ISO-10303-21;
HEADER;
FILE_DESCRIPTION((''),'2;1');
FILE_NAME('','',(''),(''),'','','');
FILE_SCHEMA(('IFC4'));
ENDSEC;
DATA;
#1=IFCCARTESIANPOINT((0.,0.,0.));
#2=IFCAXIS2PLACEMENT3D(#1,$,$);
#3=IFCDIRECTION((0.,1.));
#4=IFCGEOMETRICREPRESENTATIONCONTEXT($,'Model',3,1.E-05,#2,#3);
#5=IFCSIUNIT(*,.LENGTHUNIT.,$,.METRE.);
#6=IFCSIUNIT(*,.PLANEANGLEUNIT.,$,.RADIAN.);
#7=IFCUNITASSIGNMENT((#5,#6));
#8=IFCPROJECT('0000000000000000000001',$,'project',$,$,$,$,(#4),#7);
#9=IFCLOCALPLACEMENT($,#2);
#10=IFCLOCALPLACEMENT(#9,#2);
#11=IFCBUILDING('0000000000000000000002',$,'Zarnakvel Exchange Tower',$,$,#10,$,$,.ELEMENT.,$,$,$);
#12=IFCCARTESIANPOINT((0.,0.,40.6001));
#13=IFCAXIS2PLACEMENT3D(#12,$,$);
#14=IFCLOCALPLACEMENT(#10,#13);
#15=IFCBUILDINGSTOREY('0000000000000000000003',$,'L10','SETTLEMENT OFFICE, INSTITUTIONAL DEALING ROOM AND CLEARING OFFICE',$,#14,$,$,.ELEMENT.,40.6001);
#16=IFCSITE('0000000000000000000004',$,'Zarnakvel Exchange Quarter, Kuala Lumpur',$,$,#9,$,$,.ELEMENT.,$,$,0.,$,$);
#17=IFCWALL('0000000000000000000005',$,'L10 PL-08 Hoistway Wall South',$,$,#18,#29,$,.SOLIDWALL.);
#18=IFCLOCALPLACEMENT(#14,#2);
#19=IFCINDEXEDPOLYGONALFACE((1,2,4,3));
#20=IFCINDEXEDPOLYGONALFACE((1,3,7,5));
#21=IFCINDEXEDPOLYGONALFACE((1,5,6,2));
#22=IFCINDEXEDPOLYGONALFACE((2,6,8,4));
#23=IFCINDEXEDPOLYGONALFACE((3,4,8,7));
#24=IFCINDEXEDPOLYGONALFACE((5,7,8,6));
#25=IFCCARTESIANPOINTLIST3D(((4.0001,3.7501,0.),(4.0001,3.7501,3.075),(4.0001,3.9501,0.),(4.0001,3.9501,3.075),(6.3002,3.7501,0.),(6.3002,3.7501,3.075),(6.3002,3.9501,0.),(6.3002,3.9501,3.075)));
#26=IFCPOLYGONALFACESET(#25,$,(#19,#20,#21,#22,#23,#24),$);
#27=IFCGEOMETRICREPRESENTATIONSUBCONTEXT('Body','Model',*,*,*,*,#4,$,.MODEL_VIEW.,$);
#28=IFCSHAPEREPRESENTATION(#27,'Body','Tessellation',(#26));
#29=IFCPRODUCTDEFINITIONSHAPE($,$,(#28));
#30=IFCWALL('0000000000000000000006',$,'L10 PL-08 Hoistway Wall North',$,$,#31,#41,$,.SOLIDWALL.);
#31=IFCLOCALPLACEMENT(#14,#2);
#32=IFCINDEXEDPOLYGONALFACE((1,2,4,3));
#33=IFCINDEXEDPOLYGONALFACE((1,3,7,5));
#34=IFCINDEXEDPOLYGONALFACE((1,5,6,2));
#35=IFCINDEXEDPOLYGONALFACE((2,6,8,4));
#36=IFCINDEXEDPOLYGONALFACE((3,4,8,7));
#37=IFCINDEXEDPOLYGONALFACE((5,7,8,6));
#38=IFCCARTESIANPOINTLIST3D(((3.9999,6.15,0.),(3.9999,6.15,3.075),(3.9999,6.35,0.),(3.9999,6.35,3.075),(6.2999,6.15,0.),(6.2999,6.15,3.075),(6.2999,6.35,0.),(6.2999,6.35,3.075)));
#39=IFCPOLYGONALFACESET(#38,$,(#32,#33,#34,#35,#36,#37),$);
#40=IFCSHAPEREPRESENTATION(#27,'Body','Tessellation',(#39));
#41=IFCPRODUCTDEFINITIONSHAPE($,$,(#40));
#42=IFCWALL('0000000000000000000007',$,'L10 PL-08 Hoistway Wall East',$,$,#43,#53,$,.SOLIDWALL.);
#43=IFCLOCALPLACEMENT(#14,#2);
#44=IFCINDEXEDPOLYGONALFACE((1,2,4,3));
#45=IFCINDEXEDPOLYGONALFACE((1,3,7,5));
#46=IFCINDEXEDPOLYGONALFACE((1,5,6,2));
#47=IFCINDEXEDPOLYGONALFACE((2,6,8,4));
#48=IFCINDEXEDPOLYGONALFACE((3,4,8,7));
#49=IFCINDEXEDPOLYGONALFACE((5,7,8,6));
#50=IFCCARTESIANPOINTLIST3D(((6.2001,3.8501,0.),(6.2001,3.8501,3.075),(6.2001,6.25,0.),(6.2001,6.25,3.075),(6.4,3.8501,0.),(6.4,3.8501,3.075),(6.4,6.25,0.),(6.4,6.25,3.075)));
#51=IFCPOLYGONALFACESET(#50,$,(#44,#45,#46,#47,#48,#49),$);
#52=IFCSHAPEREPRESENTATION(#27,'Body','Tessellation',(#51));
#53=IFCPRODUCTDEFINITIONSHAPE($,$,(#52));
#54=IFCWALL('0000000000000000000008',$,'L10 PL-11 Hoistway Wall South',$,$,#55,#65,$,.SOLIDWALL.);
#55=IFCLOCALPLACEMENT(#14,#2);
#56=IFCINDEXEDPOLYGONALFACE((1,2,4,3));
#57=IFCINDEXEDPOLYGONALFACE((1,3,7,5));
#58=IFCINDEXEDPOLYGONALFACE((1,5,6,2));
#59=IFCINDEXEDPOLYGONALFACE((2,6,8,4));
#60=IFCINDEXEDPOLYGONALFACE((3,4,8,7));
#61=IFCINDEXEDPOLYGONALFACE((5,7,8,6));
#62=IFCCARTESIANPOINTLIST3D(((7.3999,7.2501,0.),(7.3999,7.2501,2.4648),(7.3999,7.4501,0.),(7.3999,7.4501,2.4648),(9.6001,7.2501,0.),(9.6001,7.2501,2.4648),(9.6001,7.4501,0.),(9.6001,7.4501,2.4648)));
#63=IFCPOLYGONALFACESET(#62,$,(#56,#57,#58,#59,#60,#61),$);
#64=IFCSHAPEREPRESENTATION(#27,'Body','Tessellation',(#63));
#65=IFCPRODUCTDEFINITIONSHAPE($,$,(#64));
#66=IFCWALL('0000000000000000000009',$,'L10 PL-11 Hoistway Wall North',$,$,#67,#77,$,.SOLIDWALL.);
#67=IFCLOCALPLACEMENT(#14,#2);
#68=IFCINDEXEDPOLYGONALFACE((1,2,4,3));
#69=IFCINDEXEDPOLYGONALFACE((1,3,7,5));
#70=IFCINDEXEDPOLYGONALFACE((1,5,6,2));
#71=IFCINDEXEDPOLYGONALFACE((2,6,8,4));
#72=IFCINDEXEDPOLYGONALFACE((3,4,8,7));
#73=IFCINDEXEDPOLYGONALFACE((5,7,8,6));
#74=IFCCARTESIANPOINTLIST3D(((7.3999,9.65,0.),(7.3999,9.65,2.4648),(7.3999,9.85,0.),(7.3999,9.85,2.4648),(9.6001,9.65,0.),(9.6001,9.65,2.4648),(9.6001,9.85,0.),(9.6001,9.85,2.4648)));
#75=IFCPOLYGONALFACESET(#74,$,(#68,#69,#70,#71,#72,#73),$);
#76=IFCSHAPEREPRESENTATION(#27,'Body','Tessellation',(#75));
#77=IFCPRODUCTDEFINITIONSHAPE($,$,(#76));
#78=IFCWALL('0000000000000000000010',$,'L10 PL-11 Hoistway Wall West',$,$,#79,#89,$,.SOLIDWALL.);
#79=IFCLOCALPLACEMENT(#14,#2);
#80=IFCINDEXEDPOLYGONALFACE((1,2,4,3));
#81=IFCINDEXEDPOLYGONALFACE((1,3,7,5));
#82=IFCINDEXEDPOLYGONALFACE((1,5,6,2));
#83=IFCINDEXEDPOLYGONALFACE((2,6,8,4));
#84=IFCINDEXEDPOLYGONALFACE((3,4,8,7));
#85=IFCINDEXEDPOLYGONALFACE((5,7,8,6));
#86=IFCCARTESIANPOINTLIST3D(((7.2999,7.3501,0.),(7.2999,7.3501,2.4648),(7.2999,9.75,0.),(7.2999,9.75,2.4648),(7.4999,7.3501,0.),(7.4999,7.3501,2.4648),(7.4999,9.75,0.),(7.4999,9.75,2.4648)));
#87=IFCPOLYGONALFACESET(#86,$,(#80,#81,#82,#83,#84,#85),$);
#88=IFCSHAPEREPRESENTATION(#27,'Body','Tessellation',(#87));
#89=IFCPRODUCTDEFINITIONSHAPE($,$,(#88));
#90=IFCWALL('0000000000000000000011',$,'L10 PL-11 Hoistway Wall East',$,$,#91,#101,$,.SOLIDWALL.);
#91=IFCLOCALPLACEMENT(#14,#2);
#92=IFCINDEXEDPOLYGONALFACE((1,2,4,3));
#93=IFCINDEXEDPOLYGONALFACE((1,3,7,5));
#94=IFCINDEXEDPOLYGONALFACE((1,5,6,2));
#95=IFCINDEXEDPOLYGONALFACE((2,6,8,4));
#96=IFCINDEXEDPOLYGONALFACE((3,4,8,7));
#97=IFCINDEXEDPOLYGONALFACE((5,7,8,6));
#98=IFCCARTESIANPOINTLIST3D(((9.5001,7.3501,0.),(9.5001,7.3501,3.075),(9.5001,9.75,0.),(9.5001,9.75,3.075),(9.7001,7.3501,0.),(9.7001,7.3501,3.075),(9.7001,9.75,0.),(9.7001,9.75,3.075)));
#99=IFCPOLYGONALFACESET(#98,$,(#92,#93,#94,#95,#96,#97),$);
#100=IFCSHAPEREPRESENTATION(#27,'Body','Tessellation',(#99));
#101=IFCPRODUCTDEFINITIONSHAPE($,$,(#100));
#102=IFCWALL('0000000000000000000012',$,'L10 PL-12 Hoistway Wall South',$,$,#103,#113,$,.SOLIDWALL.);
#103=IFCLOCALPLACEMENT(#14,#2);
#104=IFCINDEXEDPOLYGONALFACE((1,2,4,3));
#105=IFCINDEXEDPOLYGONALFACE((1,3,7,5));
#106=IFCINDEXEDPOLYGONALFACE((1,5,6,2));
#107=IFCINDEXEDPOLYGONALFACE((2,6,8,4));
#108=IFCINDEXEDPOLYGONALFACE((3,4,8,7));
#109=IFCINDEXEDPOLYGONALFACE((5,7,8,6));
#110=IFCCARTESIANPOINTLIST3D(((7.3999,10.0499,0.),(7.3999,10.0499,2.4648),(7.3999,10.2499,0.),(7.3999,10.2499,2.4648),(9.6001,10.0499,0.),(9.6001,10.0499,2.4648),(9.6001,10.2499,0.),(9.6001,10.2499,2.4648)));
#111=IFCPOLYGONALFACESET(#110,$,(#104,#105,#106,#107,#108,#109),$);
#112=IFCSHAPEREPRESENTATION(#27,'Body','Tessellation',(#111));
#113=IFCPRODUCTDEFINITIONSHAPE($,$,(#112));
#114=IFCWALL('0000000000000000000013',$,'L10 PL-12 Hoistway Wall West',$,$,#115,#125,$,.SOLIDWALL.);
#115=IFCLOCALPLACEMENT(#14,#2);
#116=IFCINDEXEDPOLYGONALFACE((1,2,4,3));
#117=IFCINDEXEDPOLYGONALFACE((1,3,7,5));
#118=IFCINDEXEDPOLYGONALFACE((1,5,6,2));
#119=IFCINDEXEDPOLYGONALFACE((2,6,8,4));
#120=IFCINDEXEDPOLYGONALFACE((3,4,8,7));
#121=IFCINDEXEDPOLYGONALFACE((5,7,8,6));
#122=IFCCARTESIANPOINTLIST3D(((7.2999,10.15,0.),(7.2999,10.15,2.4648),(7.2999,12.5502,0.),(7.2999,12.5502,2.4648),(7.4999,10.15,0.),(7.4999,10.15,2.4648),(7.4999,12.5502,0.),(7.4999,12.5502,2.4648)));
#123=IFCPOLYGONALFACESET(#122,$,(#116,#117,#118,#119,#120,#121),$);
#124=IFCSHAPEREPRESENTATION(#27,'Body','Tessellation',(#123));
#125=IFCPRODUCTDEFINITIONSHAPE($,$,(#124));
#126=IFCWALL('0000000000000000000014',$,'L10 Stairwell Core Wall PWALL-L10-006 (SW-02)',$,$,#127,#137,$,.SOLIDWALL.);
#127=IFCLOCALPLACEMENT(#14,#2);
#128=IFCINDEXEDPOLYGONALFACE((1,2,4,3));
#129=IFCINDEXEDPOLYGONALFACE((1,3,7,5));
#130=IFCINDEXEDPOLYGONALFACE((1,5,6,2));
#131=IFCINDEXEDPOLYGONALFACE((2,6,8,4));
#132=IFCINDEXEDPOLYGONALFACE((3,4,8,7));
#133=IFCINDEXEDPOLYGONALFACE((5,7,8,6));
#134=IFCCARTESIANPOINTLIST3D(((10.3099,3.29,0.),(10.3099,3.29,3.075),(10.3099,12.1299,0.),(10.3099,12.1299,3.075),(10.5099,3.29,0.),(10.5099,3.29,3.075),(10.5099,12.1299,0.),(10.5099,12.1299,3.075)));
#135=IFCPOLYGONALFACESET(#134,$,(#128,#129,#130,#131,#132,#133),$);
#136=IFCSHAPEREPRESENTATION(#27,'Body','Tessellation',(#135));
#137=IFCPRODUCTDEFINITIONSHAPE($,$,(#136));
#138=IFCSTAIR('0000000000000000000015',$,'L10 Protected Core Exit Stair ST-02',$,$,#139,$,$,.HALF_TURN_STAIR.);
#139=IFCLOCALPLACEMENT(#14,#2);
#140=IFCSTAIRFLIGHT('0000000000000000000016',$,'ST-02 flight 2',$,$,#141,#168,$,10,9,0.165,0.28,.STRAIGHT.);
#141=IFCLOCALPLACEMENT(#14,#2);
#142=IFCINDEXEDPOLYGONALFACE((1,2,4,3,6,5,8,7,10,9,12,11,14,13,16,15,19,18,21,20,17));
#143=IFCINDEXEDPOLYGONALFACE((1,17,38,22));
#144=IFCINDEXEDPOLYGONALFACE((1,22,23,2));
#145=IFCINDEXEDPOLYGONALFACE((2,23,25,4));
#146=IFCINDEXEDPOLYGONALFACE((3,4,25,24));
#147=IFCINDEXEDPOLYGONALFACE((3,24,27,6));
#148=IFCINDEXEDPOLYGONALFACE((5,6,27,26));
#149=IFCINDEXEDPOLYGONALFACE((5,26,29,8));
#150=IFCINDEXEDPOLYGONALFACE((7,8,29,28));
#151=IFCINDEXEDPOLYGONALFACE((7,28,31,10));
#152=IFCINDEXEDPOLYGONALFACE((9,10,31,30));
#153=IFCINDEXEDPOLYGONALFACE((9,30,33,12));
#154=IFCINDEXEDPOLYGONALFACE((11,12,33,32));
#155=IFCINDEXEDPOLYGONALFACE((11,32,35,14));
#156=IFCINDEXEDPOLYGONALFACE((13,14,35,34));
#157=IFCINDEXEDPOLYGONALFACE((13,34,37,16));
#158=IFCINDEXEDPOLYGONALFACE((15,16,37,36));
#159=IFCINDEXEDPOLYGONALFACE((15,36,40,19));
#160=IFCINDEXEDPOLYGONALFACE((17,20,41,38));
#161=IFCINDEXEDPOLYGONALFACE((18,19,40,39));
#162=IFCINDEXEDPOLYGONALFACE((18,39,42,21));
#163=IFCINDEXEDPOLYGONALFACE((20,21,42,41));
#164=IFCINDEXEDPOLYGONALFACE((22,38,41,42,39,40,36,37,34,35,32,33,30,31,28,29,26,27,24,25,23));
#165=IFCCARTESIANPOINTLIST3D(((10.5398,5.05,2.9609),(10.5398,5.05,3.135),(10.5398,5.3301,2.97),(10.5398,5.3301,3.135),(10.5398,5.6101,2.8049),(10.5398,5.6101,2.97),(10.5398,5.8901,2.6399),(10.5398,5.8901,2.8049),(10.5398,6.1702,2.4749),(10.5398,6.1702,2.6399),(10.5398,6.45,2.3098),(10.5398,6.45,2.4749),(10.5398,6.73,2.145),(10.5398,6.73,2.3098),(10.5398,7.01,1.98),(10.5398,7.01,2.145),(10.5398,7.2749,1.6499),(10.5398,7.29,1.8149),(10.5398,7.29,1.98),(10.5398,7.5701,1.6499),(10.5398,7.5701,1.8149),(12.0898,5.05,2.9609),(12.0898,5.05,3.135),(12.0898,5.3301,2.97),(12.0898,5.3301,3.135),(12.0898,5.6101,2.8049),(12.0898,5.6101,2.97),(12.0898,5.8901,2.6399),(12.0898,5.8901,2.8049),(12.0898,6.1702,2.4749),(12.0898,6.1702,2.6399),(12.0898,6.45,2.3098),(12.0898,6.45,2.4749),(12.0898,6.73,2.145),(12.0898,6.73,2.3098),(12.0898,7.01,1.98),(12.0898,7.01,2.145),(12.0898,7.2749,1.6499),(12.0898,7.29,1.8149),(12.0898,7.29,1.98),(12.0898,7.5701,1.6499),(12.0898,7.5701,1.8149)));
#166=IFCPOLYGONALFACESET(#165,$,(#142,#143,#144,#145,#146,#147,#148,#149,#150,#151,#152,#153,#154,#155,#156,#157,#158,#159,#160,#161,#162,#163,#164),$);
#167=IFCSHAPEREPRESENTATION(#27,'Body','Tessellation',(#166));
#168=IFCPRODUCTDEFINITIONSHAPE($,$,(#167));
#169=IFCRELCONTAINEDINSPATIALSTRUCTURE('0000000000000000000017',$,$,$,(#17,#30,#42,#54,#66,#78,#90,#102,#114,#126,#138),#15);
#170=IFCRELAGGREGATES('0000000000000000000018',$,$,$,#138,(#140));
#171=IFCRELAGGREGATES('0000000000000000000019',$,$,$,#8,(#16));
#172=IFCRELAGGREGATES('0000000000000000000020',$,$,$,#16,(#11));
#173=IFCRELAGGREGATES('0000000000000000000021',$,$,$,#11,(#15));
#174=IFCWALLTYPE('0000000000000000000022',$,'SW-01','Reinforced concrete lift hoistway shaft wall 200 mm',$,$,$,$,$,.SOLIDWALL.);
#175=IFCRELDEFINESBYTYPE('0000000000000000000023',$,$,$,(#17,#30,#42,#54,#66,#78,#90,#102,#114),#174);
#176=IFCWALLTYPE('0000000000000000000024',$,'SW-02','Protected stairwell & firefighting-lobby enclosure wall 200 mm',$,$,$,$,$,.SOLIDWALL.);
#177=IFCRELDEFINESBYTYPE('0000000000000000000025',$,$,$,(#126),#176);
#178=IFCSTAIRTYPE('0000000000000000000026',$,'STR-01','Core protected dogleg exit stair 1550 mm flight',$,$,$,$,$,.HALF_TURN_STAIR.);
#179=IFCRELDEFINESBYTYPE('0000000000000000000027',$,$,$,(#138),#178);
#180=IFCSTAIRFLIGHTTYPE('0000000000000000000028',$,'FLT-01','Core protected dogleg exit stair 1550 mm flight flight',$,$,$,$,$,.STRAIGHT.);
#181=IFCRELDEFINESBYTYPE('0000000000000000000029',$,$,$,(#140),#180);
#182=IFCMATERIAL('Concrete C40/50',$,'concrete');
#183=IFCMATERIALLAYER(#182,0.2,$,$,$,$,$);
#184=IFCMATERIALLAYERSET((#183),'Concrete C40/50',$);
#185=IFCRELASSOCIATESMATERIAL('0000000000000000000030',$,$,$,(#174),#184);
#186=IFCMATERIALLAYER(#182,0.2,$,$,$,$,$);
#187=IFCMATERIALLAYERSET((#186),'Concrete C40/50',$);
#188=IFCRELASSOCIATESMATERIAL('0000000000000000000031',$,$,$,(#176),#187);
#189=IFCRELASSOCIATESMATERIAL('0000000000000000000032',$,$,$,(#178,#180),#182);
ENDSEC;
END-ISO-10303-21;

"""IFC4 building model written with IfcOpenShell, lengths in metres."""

from ifc_helpers import new_model, si_unit, direction, frame, frame_2d, origin, place, context, subcontext, project, spatial, polyline, rectangle, outline, extrude, material, layer, layer_set, type_object, element, aggregate, save


model = new_model("IFC4")

# Units and contexts
model_context = context("Model", 3, precision=1e-05, world=origin(), true_north=direction((0.0, 1.0)))
body_context = subcontext(model_context, "Body", "Model", "MODEL_VIEW")
ifc_project = project(units=[si_unit("LENGTHUNIT", "METRE"), si_unit("PLANEANGLEUNIT", "RADIAN")], contexts=[model_context])

# Site, building, storey
site_placement = place(None, origin())
site = spatial("IfcSite", under=ifc_project, at=site_placement, Name="Zarnakvel Exchange Quarter, Kuala Lumpur", CompositionType="ELEMENT", RefElevation=0.0)
building_placement = place(site_placement, origin())
building = spatial("IfcBuilding", under=site, at=building_placement, Name="Zarnakvel Exchange Tower", CompositionType="ELEMENT")
storey_placement = place(building_placement, frame((0.0, 0.0, 40.6001)))
storey = spatial("IfcBuildingStorey", under=building, at=storey_placement, Name="L10", Description="SETTLEMENT OFFICE, INSTITUTIONAL DEALING ROOM AND CLEARING OFFICE", CompositionType="ELEMENT", Elevation=40.6001)

# Shared definitions
ifc_material_1 = material(Name="Concrete C40/50", Category="concrete")
ifc_layer_1 = layer(ifc_material_1, 0.2)
ifc_layer_set_1 = layer_set([ifc_layer_1], Name="Concrete C40/50")
wall_type_1 = type_object("IfcWallType", Name="SW-01", Description="Reinforced concrete lift hoistway shaft wall 200 mm", PredefinedType="SOLIDWALL", material=ifc_layer_set_1)

# Walls
for number, where, z_axis, x_axis, name in (
    (1, (6.3, 3.8501, 0.0), (0.0, 0.0, 1.0), (-1.0, 0.0, 0.0), "L10 PL-08 Hoistway Wall South"),
    (2, (4.0, 6.25, 0.0), (0.0, 0.0, 1.0), (1.0, 0.0, 0.0), "L10 PL-08 Hoistway Wall North"),
):
    element("IfcWall", number, at=place(storey_placement, frame(where, z_axis=z_axis, x_axis=x_axis)), inside=storey, type_object=wall_type_1, Name=name, PredefinedType="SOLIDWALL", context=body_context, shape_type="SweptSolid", body=[
        extrude(rectangle(XDim=2.3, YDim=0.2, at=frame_2d((1.1499, 0.0))), origin(), (0.0, 0.0, 1.0), 3.075),
    ])
wall_1_placement = place(storey_placement, frame((6.3, 6.25, 0.0), z_axis=(0.0, 0.0, 1.0), x_axis=(0.0, -1.0, 0.0)))
element("IfcWall", 3, at=wall_1_placement, inside=storey, type_object=wall_type_1, Name="L10 PL-08 Hoistway Wall East", PredefinedType="SOLIDWALL", context=body_context, shape_type="SweptSolid", body=[
    extrude(rectangle(XDim=2.3999, YDim=0.2, at=frame_2d((1.2, 0.0))), origin(), (0.0, 0.0, 1.0), 3.075),
])
for number, where, z_axis, x_axis, name in (
    (4, (9.6001, 7.3501, 0.0), (0.0, 0.0, 1.0), (-1.0, 0.0, 0.0), "L10 PL-11 Hoistway Wall South"),
    (5, (7.3999, 9.75, 0.0), (0.0, 0.0, 1.0), (1.0, 0.0, 0.0), "L10 PL-11 Hoistway Wall North"),
):
    element("IfcWall", number, at=place(storey_placement, frame(where, z_axis=z_axis, x_axis=x_axis)), inside=storey, type_object=wall_type_1, Name=name, PredefinedType="SOLIDWALL", context=body_context, shape_type="SweptSolid", body=[
        extrude(rectangle(XDim=2.2002, YDim=0.2, at=frame_2d((1.1001, 0.0))), origin(), (0.0, 0.0, 1.0), 2.4648),
    ])
wall_2_placement = place(storey_placement, frame((7.3999, 7.3501, 0.0), z_axis=(0.0, 0.0, 1.0), x_axis=(0.0, 1.0, 0.0)))
element("IfcWall", 6, at=wall_2_placement, inside=storey, type_object=wall_type_1, Name="L10 PL-11 Hoistway Wall West", PredefinedType="SOLIDWALL", context=body_context, shape_type="SweptSolid", body=[
    extrude(rectangle(XDim=2.3999, YDim=0.2, at=frame_2d((1.2, 0.0))), origin(), (0.0, 0.0, 1.0), 2.4648),
])
wall_3_placement = place(storey_placement, frame((9.6001, 9.75, 0.0), z_axis=(0.0, 0.0, 1.0), x_axis=(0.0, -1.0, 0.0)))
element("IfcWall", 7, at=wall_3_placement, inside=storey, type_object=wall_type_1, Name="L10 PL-11 Hoistway Wall East", PredefinedType="SOLIDWALL", context=body_context, shape_type="SweptSolid", body=[
    extrude(rectangle(XDim=2.3999, YDim=0.2, at=frame_2d((1.2, 0.0))), origin(), (0.0, 0.0, 1.0), 3.075),
])
wall_4_placement = place(storey_placement, frame((9.6001, 10.1499, 0.0), z_axis=(0.0, 0.0, 1.0), x_axis=(-1.0, 0.0, 0.0)))
element("IfcWall", 8, at=wall_4_placement, inside=storey, type_object=wall_type_1, Name="L10 PL-12 Hoistway Wall South", PredefinedType="SOLIDWALL", context=body_context, shape_type="SweptSolid", body=[
    extrude(rectangle(XDim=2.2002, YDim=0.2, at=frame_2d((1.1001, 0.0))), origin(), (0.0, 0.0, 1.0), 2.4648),
])
wall_5_placement = place(storey_placement, frame((7.3999, 10.1499, 0.0), z_axis=(0.0, 0.0, 1.0), x_axis=(0.0, 1.0, 0.0)))
element("IfcWall", 9, at=wall_5_placement, inside=storey, type_object=wall_type_1, Name="L10 PL-12 Hoistway Wall West", PredefinedType="SOLIDWALL", context=body_context, shape_type="SweptSolid", body=[
    extrude(rectangle(XDim=2.4001, YDim=0.2, at=frame_2d((1.2002, 0.0))), origin(), (0.0, 0.0, 1.0), 2.4648),
])
ifc_layer_2 = layer(ifc_material_1, 0.2)
ifc_layer_set_2 = layer_set([ifc_layer_2], Name="Concrete C40/50")
wall_type_2 = type_object("IfcWallType", Name="SW-02", Description="Protected stairwell & firefighting-lobby enclosure wall 200 mm", PredefinedType="SOLIDWALL", material=ifc_layer_set_2)
wall_6_placement = place(storey_placement, frame((10.4099, 3.29, 0.0), z_axis=(0.0, 0.0, 1.0), x_axis=(0.0, 1.0, 0.0)))
element("IfcWall", 10, at=wall_6_placement, inside=storey, type_object=wall_type_2, Name="L10 Stairwell Core Wall PWALL-L10-006 (SW-02)", PredefinedType="SOLIDWALL", context=body_context, shape_type="SweptSolid", body=[
    extrude(rectangle(XDim=8.8398, YDim=0.2, at=frame_2d((4.4199, 0.0))), origin(), (0.0, 0.0, 1.0), 3.075),
])

# Stair, stair flight
stair_type = type_object("IfcStairType", Name="STR-01", Description="Core protected dogleg exit stair 1550 mm flight", PredefinedType="HALF_TURN_STAIR", material=ifc_material_1)
stair_placement = place(storey_placement, origin())
stair = element("IfcStair", 11, at=stair_placement, inside=storey, type_object=stair_type, Name="L10 Protected Core Exit Stair ST-02", PredefinedType="HALF_TURN_STAIR")
stair_flight_type = type_object("IfcStairFlightType", Name="FLT-01", Description="Core protected dogleg exit stair 1550 mm flight flight", PredefinedType="STRAIGHT", material=ifc_material_1)
stair_flight_placement = place(storey_placement, frame((11.3149, 7.5701, 1.6499), z_axis=(0.0, 0.0, 1.0), x_axis=(0.0, -1.0, 0.0)))
stair_flight = element("IfcStairFlight", 12, at=stair_flight_placement, type_object=stair_flight_type, Name="ST-02 flight 2", NumberOfRisers=10, NumberOfTreads=9, PredefinedType="STRAIGHT", RiserHeight=0.165, TreadLength=0.28, context=body_context, shape_type="SweptSolid", body=[
    extrude(outline(polyline([(0.0, 0.0), (0.0, 0.165), (0.28, 0.165), (0.28, 0.3301), (0.5601, 0.3301), (0.5601, 0.4951), (0.8401, 0.4951), (0.8401, 0.6599), (1.1201, 0.6599), (1.1201, 0.825), (1.3999, 0.825), (1.3999, 0.99), (1.6799, 0.99), (1.6799, 1.155), (1.96, 1.155), (1.96, 1.3201), (2.24, 1.3201), (2.24, 1.4851), (2.52, 1.4851), (2.52, 1.6499), (2.52, 1.311), (0.2952, 0.0), (0.0, 0.0)])), frame((0.0, 0.7749, 0.0), z_axis=(0.0, -1.0, 0.0), x_axis=(1.0, 0.0, 0.0)), (0.0, 0.0, 1.0), 1.55),
])
aggregate(stair, [stair_flight])

save(model, "model.ifc")
